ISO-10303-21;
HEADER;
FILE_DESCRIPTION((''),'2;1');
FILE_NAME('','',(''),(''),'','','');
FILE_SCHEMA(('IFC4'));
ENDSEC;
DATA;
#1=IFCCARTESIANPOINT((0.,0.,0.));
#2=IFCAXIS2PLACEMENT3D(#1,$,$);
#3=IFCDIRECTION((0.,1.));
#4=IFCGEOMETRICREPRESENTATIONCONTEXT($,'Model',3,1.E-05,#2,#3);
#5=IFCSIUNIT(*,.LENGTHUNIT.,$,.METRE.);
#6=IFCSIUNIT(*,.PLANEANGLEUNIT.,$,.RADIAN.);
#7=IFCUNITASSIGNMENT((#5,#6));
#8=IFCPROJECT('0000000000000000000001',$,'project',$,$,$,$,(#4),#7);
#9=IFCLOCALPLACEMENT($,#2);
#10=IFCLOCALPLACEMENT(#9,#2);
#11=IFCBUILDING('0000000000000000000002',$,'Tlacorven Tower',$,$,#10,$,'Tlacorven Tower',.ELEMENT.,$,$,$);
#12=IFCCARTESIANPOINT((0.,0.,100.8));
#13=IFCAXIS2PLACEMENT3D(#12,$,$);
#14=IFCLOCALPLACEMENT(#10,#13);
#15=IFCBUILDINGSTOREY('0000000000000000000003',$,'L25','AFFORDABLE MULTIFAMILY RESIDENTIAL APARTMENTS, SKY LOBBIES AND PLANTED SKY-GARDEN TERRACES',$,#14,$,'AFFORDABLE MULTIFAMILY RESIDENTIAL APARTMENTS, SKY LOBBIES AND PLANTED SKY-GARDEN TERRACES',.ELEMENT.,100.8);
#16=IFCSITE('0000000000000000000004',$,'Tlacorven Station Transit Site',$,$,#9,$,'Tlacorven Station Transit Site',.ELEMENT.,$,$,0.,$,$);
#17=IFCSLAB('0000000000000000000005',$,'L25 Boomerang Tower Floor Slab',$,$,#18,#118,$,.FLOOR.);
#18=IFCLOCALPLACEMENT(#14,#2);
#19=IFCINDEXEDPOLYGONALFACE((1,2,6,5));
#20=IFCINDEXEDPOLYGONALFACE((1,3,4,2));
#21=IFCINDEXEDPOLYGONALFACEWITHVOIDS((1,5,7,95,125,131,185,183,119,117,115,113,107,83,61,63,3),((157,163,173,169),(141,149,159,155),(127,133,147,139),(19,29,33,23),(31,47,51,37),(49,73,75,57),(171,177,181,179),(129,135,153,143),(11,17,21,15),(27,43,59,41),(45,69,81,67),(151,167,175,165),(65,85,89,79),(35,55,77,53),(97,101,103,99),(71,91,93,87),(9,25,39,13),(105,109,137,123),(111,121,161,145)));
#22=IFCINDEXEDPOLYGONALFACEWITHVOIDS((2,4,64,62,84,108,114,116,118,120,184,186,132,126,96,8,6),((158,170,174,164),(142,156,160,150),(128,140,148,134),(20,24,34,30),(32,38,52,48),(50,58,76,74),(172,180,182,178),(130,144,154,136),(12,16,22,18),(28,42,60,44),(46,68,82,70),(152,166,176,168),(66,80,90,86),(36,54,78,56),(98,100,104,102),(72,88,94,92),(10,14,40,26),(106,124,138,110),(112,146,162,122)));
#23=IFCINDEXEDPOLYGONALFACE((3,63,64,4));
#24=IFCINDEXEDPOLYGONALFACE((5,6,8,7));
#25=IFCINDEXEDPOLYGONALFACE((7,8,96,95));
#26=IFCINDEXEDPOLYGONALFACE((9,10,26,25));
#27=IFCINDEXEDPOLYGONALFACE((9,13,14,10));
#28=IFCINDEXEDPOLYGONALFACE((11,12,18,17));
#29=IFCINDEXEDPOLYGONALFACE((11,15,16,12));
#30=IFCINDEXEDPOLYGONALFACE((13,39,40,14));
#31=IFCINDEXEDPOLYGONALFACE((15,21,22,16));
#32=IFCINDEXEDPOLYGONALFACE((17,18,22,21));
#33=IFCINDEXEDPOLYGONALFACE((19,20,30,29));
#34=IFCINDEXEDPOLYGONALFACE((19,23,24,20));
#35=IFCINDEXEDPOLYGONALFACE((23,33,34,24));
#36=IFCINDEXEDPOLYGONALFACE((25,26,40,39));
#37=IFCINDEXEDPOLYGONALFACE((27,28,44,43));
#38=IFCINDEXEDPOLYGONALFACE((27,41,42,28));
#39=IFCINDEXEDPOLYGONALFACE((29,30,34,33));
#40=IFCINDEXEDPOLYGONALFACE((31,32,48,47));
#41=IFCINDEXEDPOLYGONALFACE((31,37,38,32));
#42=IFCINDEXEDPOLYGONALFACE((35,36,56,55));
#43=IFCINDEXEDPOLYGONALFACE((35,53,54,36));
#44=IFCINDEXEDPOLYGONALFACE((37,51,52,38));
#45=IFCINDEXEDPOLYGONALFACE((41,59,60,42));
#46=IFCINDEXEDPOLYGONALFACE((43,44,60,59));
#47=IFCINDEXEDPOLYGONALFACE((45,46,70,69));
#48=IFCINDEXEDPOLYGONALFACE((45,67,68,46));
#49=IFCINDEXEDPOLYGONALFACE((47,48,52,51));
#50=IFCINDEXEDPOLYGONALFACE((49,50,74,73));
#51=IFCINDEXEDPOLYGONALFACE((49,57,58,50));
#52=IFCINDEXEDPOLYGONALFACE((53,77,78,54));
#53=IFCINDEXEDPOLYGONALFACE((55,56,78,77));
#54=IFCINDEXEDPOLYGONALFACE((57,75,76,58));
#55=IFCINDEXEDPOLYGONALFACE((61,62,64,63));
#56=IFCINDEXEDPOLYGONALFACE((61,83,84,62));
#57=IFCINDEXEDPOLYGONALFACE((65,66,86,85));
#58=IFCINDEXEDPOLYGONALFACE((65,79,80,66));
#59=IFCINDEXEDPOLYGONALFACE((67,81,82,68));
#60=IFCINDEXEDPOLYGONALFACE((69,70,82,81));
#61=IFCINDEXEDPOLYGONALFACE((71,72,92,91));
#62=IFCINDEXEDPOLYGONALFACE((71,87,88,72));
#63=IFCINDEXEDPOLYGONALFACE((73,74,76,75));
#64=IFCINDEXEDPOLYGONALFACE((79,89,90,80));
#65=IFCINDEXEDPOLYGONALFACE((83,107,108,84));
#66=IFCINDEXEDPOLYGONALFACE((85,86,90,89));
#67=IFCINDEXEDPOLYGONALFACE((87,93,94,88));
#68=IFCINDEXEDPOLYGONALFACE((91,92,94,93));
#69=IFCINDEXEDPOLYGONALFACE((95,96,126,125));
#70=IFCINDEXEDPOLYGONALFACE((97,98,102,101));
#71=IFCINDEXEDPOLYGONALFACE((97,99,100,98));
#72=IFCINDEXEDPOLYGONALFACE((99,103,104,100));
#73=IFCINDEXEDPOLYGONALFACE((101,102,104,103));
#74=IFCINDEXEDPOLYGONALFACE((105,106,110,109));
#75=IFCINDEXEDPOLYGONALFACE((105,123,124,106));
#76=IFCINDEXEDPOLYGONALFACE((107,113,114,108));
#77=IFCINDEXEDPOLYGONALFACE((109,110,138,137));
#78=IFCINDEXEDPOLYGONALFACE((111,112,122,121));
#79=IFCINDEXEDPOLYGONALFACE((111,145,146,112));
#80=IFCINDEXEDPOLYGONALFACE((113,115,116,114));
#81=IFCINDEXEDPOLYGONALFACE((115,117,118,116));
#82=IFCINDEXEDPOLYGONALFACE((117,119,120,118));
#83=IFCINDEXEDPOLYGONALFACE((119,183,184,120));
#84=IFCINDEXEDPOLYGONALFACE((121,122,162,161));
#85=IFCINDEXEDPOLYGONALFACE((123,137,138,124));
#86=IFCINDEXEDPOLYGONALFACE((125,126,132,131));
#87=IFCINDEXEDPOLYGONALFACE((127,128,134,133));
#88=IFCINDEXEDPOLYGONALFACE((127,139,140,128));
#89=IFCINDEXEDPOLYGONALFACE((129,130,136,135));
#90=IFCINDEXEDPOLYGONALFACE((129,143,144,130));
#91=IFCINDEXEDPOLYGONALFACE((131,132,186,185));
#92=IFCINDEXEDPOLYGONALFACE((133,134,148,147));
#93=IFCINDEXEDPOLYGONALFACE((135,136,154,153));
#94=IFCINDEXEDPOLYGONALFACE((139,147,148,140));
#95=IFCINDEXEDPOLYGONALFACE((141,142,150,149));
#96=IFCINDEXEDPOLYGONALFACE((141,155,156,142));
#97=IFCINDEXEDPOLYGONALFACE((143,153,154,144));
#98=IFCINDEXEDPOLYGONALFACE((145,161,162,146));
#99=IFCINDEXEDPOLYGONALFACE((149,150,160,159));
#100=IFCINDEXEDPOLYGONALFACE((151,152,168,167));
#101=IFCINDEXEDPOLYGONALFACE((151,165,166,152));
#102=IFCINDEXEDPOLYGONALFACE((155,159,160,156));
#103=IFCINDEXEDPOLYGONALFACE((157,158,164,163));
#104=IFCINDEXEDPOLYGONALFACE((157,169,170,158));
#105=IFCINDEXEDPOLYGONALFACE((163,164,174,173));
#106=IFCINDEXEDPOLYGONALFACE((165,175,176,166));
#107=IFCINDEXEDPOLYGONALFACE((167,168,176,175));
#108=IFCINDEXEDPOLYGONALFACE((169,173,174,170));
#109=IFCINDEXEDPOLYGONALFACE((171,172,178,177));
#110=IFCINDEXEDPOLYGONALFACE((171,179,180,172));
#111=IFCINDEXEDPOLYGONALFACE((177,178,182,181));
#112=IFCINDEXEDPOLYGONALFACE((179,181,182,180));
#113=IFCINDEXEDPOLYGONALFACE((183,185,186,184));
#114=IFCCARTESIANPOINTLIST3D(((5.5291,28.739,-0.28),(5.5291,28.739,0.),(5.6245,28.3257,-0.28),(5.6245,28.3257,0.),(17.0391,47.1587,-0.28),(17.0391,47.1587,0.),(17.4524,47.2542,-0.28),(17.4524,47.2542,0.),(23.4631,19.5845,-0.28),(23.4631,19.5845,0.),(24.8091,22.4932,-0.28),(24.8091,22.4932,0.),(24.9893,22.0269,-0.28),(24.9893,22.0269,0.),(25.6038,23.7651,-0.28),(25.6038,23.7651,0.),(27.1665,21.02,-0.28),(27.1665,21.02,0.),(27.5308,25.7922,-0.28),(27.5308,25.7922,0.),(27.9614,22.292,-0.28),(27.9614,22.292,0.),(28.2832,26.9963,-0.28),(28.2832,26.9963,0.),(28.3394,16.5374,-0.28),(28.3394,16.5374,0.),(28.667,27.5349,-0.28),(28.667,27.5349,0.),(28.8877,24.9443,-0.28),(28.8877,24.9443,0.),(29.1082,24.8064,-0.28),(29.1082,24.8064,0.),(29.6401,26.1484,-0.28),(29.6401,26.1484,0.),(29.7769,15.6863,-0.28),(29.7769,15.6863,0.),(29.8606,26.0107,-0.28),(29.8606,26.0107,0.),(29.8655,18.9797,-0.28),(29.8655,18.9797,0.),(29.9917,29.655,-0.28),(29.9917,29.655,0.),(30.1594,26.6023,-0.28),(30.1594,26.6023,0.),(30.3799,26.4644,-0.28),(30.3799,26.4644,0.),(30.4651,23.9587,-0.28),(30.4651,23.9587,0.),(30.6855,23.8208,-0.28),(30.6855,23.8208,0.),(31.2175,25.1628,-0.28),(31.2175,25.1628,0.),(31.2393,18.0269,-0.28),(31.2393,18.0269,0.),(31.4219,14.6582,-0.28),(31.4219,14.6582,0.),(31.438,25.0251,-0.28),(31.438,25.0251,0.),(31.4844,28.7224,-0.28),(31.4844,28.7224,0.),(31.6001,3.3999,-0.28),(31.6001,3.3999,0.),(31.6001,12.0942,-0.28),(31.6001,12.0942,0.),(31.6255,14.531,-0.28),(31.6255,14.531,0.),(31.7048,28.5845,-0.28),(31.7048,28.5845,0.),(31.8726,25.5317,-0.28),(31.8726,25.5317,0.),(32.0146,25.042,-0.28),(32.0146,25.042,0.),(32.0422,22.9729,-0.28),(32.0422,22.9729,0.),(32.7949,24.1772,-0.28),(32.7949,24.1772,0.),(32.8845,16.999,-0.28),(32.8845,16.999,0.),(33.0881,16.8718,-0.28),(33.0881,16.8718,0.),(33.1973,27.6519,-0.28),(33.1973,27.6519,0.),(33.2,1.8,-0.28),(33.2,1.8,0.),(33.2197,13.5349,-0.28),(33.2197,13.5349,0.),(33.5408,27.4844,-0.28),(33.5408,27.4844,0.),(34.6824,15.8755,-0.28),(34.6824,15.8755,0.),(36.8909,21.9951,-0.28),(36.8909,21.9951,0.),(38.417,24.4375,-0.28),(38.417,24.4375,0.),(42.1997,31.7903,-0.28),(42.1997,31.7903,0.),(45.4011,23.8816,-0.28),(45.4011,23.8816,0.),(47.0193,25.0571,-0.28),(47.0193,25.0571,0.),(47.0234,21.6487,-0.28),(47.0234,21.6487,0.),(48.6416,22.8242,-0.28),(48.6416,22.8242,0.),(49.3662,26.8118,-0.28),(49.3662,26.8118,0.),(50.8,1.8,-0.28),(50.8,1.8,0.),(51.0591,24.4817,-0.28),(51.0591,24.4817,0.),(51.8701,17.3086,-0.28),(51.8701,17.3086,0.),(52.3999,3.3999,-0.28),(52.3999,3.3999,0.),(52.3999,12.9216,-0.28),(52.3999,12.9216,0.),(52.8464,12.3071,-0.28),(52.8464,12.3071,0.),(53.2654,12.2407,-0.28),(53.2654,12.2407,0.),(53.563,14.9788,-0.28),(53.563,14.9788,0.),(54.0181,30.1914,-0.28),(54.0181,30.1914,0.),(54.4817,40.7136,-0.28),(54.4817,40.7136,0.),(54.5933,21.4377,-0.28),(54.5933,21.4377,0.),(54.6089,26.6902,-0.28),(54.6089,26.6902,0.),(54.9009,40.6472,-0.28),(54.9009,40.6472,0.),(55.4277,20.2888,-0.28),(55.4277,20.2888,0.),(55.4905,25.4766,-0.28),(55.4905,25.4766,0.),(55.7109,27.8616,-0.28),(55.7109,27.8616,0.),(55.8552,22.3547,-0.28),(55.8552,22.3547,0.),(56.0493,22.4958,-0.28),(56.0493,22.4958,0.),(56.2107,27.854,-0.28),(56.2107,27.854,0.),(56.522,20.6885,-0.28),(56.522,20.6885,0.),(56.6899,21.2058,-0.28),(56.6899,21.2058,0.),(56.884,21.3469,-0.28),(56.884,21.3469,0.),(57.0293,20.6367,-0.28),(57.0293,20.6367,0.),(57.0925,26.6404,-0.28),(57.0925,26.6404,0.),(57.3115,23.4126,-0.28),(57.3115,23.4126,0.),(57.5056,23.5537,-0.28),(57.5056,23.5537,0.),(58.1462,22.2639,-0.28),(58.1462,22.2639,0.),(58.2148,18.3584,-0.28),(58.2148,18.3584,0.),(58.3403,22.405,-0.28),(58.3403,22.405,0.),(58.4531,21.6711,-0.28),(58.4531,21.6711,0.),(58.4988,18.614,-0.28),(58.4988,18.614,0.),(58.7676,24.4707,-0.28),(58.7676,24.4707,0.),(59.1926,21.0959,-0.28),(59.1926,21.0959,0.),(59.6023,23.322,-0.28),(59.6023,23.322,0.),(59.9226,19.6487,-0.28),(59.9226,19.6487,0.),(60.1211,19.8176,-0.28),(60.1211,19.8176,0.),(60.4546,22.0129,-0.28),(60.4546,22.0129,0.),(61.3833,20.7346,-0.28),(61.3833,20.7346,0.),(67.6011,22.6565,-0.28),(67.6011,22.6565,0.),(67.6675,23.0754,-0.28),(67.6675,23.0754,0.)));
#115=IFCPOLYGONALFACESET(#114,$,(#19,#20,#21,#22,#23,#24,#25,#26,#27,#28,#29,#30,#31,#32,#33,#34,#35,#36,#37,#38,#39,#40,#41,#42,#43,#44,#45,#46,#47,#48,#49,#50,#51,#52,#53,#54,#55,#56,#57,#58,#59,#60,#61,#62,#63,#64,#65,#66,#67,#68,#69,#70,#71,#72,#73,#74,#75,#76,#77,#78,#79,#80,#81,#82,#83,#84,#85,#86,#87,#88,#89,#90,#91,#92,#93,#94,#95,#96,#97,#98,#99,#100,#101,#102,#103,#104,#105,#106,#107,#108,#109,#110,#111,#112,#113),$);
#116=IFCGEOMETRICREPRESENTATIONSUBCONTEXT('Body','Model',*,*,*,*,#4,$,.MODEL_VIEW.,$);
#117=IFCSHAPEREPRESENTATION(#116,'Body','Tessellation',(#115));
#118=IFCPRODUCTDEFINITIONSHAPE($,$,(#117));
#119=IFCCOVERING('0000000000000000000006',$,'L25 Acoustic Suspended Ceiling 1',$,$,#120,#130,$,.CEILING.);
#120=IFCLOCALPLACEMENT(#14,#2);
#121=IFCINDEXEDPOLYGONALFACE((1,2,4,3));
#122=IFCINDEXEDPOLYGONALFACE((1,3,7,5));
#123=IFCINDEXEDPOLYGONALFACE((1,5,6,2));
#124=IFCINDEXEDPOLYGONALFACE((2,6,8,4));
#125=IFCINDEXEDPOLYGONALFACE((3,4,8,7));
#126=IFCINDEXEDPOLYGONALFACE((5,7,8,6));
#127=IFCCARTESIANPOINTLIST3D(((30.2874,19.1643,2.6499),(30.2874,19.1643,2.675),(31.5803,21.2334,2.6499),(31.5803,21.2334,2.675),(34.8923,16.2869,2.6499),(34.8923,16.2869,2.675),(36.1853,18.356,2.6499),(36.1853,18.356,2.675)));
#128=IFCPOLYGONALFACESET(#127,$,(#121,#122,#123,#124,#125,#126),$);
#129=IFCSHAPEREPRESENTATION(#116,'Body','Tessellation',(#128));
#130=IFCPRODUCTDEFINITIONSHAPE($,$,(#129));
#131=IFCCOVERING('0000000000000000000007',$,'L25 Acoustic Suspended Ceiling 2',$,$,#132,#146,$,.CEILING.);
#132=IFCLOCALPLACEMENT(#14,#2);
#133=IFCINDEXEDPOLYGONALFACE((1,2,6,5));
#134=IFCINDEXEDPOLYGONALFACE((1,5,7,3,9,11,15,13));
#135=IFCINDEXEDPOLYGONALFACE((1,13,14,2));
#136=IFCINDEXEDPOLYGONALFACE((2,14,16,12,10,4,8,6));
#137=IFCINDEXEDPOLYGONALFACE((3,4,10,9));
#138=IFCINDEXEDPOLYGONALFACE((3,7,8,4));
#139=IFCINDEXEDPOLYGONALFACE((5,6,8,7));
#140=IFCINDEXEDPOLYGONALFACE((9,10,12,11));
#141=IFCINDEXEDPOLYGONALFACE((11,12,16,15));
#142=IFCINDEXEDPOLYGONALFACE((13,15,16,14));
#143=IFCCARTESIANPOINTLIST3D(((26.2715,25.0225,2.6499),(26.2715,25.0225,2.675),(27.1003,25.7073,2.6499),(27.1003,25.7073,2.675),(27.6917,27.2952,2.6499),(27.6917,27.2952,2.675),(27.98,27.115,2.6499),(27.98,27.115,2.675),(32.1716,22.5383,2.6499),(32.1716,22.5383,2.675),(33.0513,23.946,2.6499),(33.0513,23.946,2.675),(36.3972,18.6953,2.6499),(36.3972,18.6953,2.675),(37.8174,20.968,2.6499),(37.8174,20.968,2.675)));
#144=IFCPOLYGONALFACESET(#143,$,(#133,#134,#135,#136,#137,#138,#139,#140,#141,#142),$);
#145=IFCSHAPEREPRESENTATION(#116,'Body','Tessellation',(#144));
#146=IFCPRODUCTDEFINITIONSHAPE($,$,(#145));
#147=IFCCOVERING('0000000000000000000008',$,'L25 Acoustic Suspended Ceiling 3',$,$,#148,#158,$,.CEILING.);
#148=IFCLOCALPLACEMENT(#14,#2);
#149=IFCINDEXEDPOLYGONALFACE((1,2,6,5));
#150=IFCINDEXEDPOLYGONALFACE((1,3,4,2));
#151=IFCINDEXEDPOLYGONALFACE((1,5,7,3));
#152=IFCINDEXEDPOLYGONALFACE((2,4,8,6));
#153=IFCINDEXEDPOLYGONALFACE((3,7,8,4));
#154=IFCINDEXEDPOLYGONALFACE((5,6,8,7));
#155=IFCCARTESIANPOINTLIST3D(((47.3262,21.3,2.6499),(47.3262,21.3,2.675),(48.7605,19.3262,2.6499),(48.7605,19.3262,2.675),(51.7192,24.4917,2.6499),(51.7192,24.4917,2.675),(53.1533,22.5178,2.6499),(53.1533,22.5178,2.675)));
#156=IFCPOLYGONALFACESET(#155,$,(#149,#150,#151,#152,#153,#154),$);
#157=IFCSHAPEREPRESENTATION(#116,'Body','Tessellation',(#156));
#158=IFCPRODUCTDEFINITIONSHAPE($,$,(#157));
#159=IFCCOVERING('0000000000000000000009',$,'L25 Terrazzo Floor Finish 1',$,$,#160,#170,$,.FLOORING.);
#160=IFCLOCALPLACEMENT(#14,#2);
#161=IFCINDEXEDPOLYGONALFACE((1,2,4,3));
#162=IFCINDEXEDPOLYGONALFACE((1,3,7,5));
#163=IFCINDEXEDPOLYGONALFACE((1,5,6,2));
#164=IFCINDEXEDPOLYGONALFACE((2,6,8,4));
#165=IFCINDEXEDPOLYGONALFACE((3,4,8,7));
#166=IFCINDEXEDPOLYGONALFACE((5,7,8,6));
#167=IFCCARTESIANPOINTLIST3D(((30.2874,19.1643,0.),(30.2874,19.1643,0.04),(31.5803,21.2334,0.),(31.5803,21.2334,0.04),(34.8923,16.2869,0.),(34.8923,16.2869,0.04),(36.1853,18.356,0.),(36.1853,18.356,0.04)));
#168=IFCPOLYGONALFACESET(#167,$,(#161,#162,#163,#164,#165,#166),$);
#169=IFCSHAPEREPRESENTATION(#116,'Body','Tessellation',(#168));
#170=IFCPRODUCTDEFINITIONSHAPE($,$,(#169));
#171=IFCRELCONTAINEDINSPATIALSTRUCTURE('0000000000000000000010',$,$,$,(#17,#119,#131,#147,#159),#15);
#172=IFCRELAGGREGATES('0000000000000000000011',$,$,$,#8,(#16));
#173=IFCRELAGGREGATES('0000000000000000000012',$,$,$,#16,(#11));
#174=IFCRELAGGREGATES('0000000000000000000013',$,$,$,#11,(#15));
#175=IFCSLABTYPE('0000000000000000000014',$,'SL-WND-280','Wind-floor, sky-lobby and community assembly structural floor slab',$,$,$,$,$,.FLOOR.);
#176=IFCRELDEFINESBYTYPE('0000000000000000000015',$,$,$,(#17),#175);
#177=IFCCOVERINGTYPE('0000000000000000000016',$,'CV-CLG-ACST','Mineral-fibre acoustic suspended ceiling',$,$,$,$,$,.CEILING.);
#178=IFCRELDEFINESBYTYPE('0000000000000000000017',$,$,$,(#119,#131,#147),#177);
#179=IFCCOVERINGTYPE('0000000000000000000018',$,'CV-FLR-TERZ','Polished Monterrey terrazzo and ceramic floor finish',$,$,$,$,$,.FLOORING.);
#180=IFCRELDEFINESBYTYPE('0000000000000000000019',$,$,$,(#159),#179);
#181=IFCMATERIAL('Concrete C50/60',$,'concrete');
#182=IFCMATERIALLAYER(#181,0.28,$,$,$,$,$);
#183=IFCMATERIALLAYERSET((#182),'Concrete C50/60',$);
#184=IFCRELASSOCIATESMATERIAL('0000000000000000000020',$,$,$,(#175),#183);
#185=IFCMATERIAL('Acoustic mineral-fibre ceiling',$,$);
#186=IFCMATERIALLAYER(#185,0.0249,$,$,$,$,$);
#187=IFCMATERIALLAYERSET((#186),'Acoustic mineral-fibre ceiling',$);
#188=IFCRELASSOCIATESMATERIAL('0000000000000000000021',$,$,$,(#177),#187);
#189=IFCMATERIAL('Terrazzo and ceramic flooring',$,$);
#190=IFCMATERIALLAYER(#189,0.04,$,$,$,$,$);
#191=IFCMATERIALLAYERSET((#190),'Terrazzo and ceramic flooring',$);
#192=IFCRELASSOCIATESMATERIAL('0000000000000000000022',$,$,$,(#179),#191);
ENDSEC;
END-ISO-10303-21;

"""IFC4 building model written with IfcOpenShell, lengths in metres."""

from ifc_helpers import new_model, si_unit, direction, frame, origin, place, context, subcontext, project, spatial, polyline, outline, extrude, material, layer, layer_set, type_object, element, save


model = new_model("IFC4")

# Units and contexts
model_context = context("Model", 3, precision=1e-05, world=origin(), true_north=direction((0.0, 1.0)))
body_context = subcontext(model_context, "Body", "Model", "MODEL_VIEW")
ifc_project = project(units=[si_unit("LENGTHUNIT", "METRE"), si_unit("PLANEANGLEUNIT", "RADIAN")], contexts=[model_context])

# Site, building, storey
site_placement = place(None, origin())
site = spatial("IfcSite", under=ifc_project, at=site_placement, Name="Tlacorven Station Transit Site", LongName="Tlacorven Station Transit Site", CompositionType="ELEMENT", RefElevation=0.0)
building_placement = place(site_placement, origin())
building = spatial("IfcBuilding", under=site, at=building_placement, Name="Tlacorven Tower", LongName="Tlacorven Tower", CompositionType="ELEMENT")
storey_placement = place(building_placement, frame((0.0, 0.0, 100.8)))
storey = spatial("IfcBuildingStorey", under=building, at=storey_placement, Name="L25", Description="AFFORDABLE MULTIFAMILY RESIDENTIAL APARTMENTS, SKY LOBBIES AND PLANTED SKY-GARDEN TERRACES", LongName="AFFORDABLE MULTIFAMILY RESIDENTIAL APARTMENTS, SKY LOBBIES AND PLANTED SKY-GARDEN TERRACES", CompositionType="ELEMENT", Elevation=100.8)

# Slab
ifc_material_1 = material(Name="Concrete C50/60", Category="concrete")
ifc_layer_1 = layer(ifc_material_1, 0.28)
ifc_layer_set_1 = layer_set([ifc_layer_1], Name="Concrete C50/60")
slab_type_1 = type_object("IfcSlabType", Name="SL-WND-280", Description="Wind-floor, sky-lobby and community assembly structural floor slab", PredefinedType="FLOOR", material=ifc_layer_set_1)
slab_1_placement = place(storey_placement, frame((0.0, 0.0, -0.28)))
element("IfcSlab", 1, at=slab_1_placement, inside=storey, type_object=slab_type_1, Name="L25 Boomerang Tower Floor Slab", PredefinedType="FLOOR", context=body_context, shape_type="SweptSolid", body=[
    extrude(outline(polyline([(52.3999, 3.3999), (50.8, 1.8), (33.2, 1.8), (31.6001, 3.3999), (31.6001, 12.0942), (5.6245, 28.3257), (5.5291, 28.739), (17.0391, 47.1587), (17.4524, 47.2542), (42.1997, 31.7903), (54.4817, 40.7136), (54.9009, 40.6472), (67.6675, 23.0754), (67.6011, 22.6565), (53.2654, 12.2407), (52.8464, 12.3071), (52.3999, 12.9216), (52.3999, 3.3999)]), holes=[polyline([(29.8655, 18.9797), (24.9893, 22.0269), (23.4631, 19.5845), (28.3394, 16.5374), (29.8655, 18.9797)]), polyline([(38.417, 24.4375), (33.5408, 27.4844), (32.0146, 25.042), (36.8909, 21.9951), (38.417, 24.4375)]), polyline([(51.0591, 24.4817), (55.7109, 27.8616), (54.0181, 30.1914), (49.3662, 26.8118), (51.0591, 24.4817)]), polyline([(53.563, 14.9788), (58.2148, 18.3584), (56.522, 20.6885), (51.8701, 17.3086), (53.563, 14.9788)]), polyline([(34.6824, 15.8755), (33.0881, 16.8718), (31.6255, 14.531), (33.2197, 13.5349), (34.6824, 15.8755)]), polyline([(32.8845, 16.999), (31.2393, 18.0269), (29.7769, 15.6863), (31.4219, 14.6582), (32.8845, 16.999)]), polyline([(47.0234, 21.6487), (48.6416, 22.8242), (47.0193, 25.0571), (45.4011, 23.8816), (47.0234, 21.6487)]), polyline([(33.1973, 27.6519), (31.7048, 28.5845), (30.3799, 26.4644), (31.8726, 25.5317), (33.1973, 27.6519)]), polyline([(31.4844, 28.7224), (29.9917, 29.655), (28.667, 27.5349), (30.1594, 26.6023), (31.4844, 28.7224)]), polyline([(32.7949, 24.1772), (31.438, 25.0251), (30.6855, 23.8208), (32.0422, 22.9729), (32.7949, 24.1772)]), polyline([(31.2175, 25.1628), (29.8606, 26.0107), (29.1082, 24.8064), (30.4651, 23.9587), (31.2175, 25.1628)]), polyline([(29.6401, 26.1484), (28.2832, 26.9963), (27.5308, 25.7922), (28.8877, 24.9443), (29.6401, 26.1484)]), polyline([(55.4277, 20.2888), (56.6899, 21.2058), (55.8552, 22.3547), (54.5933, 21.4377), (55.4277, 20.2888)]), polyline([(56.884, 21.3469), (58.1462, 22.2639), (57.3115, 23.4126), (56.0493, 22.4958), (56.884, 21.3469)]), polyline([(58.3403, 22.405), (59.6023, 23.322), (58.7676, 24.4707), (57.5056, 23.5537), (58.3403, 22.405)]), polyline([(58.4988, 18.614), (59.9226, 19.6487), (58.4531, 21.6711), (57.0293, 20.6367), (58.4988, 18.614)]), polyline([(27.9614, 22.292), (25.6038, 23.7651), (24.8091, 22.4932), (27.1665, 21.02), (27.9614, 22.292)]), polyline([(55.4905, 25.4766), (57.0925, 26.6404), (56.2107, 27.854), (54.6089, 26.6902), (55.4905, 25.4766)]), polyline([(60.1211, 19.8176), (61.3833, 20.7346), (60.4546, 22.0129), (59.1926, 21.0959), (60.1211, 19.8176)])]), origin(), (0.0, 0.0, 1.0), 0.28),
])

# Coverings
ifc_material_2 = material(Name="Acoustic mineral-fibre ceiling")
ifc_layer_2 = layer(ifc_material_2, 0.0249)
ifc_layer_set_2 = layer_set([ifc_layer_2], Name="Acoustic mineral-fibre ceiling")
covering_type_1 = type_object("IfcCoveringType", Name="CV-CLG-ACST", Description="Mineral-fibre acoustic suspended ceiling", PredefinedType="CEILING", material=ifc_layer_set_2)
covering_1_placement = place(storey_placement, frame((0.0, 0.0, 2.6499)))
element("IfcCovering", 2, at=covering_1_placement, inside=storey, type_object=covering_type_1, Name="L25 Acoustic Suspended Ceiling 1", PredefinedType="CEILING", context=body_context, shape_type="SweptSolid", body=[
    extrude(outline(polyline([(36.1853, 18.356), (34.8923, 16.2869), (30.2874, 19.1643), (31.5803, 21.2334), (36.1853, 18.356)])), origin(), (0.0, 0.0, 1.0), 0.0251),
])
covering_2_placement = place(storey_placement, frame((0.0, 0.0, 2.6499)))
element("IfcCovering", 3, at=covering_2_placement, inside=storey, type_object=covering_type_1, Name="L25 Acoustic Suspended Ceiling 2", PredefinedType="CEILING", context=body_context, shape_type="SweptSolid", body=[
    extrude(outline(polyline([(37.8174, 20.968), (36.3972, 18.6953), (26.2715, 25.0225), (27.6917, 27.2952), (27.98, 27.115), (27.1003, 25.7073), (32.1716, 22.5383), (33.0513, 23.946), (37.8174, 20.968)])), origin(), (0.0, 0.0, 1.0), 0.0251),
])
covering_3_placement = place(storey_placement, frame((0.0, 0.0, 2.6499)))
element("IfcCovering", 4, at=covering_3_placement, inside=storey, type_object=covering_type_1, Name="L25 Acoustic Suspended Ceiling 3", PredefinedType="CEILING", context=body_context, shape_type="SweptSolid", body=[
    extrude(outline(polyline([(48.7605, 19.3262), (47.3262, 21.3), (51.7192, 24.4917), (53.1533, 22.5178), (48.7605, 19.3262)])), origin(), (0.0, 0.0, 1.0), 0.0251),
])
ifc_material_3 = material(Name="Terrazzo and ceramic flooring")
ifc_layer_3 = layer(ifc_material_3, 0.04)
ifc_layer_set_3 = layer_set([ifc_layer_3], Name="Terrazzo and ceramic flooring")
covering_type_2 = type_object("IfcCoveringType", Name="CV-FLR-TERZ", Description="Polished Monterrey terrazzo and ceramic floor finish", PredefinedType="FLOORING", material=ifc_layer_set_3)
covering_4_placement = place(storey_placement, origin())
element("IfcCovering", 5, at=covering_4_placement, inside=storey, type_object=covering_type_2, Name="L25 Terrazzo Floor Finish 1", PredefinedType="FLOORING", context=body_context, shape_type="SweptSolid", body=[
    extrude(outline(polyline([(36.1853, 18.356), (34.8923, 16.2869), (30.2874, 19.1643), (31.5803, 21.2334), (36.1853, 18.356)])), origin(), (0.0, 0.0, 1.0), 0.04),
])

save(model, "model.ifc")
